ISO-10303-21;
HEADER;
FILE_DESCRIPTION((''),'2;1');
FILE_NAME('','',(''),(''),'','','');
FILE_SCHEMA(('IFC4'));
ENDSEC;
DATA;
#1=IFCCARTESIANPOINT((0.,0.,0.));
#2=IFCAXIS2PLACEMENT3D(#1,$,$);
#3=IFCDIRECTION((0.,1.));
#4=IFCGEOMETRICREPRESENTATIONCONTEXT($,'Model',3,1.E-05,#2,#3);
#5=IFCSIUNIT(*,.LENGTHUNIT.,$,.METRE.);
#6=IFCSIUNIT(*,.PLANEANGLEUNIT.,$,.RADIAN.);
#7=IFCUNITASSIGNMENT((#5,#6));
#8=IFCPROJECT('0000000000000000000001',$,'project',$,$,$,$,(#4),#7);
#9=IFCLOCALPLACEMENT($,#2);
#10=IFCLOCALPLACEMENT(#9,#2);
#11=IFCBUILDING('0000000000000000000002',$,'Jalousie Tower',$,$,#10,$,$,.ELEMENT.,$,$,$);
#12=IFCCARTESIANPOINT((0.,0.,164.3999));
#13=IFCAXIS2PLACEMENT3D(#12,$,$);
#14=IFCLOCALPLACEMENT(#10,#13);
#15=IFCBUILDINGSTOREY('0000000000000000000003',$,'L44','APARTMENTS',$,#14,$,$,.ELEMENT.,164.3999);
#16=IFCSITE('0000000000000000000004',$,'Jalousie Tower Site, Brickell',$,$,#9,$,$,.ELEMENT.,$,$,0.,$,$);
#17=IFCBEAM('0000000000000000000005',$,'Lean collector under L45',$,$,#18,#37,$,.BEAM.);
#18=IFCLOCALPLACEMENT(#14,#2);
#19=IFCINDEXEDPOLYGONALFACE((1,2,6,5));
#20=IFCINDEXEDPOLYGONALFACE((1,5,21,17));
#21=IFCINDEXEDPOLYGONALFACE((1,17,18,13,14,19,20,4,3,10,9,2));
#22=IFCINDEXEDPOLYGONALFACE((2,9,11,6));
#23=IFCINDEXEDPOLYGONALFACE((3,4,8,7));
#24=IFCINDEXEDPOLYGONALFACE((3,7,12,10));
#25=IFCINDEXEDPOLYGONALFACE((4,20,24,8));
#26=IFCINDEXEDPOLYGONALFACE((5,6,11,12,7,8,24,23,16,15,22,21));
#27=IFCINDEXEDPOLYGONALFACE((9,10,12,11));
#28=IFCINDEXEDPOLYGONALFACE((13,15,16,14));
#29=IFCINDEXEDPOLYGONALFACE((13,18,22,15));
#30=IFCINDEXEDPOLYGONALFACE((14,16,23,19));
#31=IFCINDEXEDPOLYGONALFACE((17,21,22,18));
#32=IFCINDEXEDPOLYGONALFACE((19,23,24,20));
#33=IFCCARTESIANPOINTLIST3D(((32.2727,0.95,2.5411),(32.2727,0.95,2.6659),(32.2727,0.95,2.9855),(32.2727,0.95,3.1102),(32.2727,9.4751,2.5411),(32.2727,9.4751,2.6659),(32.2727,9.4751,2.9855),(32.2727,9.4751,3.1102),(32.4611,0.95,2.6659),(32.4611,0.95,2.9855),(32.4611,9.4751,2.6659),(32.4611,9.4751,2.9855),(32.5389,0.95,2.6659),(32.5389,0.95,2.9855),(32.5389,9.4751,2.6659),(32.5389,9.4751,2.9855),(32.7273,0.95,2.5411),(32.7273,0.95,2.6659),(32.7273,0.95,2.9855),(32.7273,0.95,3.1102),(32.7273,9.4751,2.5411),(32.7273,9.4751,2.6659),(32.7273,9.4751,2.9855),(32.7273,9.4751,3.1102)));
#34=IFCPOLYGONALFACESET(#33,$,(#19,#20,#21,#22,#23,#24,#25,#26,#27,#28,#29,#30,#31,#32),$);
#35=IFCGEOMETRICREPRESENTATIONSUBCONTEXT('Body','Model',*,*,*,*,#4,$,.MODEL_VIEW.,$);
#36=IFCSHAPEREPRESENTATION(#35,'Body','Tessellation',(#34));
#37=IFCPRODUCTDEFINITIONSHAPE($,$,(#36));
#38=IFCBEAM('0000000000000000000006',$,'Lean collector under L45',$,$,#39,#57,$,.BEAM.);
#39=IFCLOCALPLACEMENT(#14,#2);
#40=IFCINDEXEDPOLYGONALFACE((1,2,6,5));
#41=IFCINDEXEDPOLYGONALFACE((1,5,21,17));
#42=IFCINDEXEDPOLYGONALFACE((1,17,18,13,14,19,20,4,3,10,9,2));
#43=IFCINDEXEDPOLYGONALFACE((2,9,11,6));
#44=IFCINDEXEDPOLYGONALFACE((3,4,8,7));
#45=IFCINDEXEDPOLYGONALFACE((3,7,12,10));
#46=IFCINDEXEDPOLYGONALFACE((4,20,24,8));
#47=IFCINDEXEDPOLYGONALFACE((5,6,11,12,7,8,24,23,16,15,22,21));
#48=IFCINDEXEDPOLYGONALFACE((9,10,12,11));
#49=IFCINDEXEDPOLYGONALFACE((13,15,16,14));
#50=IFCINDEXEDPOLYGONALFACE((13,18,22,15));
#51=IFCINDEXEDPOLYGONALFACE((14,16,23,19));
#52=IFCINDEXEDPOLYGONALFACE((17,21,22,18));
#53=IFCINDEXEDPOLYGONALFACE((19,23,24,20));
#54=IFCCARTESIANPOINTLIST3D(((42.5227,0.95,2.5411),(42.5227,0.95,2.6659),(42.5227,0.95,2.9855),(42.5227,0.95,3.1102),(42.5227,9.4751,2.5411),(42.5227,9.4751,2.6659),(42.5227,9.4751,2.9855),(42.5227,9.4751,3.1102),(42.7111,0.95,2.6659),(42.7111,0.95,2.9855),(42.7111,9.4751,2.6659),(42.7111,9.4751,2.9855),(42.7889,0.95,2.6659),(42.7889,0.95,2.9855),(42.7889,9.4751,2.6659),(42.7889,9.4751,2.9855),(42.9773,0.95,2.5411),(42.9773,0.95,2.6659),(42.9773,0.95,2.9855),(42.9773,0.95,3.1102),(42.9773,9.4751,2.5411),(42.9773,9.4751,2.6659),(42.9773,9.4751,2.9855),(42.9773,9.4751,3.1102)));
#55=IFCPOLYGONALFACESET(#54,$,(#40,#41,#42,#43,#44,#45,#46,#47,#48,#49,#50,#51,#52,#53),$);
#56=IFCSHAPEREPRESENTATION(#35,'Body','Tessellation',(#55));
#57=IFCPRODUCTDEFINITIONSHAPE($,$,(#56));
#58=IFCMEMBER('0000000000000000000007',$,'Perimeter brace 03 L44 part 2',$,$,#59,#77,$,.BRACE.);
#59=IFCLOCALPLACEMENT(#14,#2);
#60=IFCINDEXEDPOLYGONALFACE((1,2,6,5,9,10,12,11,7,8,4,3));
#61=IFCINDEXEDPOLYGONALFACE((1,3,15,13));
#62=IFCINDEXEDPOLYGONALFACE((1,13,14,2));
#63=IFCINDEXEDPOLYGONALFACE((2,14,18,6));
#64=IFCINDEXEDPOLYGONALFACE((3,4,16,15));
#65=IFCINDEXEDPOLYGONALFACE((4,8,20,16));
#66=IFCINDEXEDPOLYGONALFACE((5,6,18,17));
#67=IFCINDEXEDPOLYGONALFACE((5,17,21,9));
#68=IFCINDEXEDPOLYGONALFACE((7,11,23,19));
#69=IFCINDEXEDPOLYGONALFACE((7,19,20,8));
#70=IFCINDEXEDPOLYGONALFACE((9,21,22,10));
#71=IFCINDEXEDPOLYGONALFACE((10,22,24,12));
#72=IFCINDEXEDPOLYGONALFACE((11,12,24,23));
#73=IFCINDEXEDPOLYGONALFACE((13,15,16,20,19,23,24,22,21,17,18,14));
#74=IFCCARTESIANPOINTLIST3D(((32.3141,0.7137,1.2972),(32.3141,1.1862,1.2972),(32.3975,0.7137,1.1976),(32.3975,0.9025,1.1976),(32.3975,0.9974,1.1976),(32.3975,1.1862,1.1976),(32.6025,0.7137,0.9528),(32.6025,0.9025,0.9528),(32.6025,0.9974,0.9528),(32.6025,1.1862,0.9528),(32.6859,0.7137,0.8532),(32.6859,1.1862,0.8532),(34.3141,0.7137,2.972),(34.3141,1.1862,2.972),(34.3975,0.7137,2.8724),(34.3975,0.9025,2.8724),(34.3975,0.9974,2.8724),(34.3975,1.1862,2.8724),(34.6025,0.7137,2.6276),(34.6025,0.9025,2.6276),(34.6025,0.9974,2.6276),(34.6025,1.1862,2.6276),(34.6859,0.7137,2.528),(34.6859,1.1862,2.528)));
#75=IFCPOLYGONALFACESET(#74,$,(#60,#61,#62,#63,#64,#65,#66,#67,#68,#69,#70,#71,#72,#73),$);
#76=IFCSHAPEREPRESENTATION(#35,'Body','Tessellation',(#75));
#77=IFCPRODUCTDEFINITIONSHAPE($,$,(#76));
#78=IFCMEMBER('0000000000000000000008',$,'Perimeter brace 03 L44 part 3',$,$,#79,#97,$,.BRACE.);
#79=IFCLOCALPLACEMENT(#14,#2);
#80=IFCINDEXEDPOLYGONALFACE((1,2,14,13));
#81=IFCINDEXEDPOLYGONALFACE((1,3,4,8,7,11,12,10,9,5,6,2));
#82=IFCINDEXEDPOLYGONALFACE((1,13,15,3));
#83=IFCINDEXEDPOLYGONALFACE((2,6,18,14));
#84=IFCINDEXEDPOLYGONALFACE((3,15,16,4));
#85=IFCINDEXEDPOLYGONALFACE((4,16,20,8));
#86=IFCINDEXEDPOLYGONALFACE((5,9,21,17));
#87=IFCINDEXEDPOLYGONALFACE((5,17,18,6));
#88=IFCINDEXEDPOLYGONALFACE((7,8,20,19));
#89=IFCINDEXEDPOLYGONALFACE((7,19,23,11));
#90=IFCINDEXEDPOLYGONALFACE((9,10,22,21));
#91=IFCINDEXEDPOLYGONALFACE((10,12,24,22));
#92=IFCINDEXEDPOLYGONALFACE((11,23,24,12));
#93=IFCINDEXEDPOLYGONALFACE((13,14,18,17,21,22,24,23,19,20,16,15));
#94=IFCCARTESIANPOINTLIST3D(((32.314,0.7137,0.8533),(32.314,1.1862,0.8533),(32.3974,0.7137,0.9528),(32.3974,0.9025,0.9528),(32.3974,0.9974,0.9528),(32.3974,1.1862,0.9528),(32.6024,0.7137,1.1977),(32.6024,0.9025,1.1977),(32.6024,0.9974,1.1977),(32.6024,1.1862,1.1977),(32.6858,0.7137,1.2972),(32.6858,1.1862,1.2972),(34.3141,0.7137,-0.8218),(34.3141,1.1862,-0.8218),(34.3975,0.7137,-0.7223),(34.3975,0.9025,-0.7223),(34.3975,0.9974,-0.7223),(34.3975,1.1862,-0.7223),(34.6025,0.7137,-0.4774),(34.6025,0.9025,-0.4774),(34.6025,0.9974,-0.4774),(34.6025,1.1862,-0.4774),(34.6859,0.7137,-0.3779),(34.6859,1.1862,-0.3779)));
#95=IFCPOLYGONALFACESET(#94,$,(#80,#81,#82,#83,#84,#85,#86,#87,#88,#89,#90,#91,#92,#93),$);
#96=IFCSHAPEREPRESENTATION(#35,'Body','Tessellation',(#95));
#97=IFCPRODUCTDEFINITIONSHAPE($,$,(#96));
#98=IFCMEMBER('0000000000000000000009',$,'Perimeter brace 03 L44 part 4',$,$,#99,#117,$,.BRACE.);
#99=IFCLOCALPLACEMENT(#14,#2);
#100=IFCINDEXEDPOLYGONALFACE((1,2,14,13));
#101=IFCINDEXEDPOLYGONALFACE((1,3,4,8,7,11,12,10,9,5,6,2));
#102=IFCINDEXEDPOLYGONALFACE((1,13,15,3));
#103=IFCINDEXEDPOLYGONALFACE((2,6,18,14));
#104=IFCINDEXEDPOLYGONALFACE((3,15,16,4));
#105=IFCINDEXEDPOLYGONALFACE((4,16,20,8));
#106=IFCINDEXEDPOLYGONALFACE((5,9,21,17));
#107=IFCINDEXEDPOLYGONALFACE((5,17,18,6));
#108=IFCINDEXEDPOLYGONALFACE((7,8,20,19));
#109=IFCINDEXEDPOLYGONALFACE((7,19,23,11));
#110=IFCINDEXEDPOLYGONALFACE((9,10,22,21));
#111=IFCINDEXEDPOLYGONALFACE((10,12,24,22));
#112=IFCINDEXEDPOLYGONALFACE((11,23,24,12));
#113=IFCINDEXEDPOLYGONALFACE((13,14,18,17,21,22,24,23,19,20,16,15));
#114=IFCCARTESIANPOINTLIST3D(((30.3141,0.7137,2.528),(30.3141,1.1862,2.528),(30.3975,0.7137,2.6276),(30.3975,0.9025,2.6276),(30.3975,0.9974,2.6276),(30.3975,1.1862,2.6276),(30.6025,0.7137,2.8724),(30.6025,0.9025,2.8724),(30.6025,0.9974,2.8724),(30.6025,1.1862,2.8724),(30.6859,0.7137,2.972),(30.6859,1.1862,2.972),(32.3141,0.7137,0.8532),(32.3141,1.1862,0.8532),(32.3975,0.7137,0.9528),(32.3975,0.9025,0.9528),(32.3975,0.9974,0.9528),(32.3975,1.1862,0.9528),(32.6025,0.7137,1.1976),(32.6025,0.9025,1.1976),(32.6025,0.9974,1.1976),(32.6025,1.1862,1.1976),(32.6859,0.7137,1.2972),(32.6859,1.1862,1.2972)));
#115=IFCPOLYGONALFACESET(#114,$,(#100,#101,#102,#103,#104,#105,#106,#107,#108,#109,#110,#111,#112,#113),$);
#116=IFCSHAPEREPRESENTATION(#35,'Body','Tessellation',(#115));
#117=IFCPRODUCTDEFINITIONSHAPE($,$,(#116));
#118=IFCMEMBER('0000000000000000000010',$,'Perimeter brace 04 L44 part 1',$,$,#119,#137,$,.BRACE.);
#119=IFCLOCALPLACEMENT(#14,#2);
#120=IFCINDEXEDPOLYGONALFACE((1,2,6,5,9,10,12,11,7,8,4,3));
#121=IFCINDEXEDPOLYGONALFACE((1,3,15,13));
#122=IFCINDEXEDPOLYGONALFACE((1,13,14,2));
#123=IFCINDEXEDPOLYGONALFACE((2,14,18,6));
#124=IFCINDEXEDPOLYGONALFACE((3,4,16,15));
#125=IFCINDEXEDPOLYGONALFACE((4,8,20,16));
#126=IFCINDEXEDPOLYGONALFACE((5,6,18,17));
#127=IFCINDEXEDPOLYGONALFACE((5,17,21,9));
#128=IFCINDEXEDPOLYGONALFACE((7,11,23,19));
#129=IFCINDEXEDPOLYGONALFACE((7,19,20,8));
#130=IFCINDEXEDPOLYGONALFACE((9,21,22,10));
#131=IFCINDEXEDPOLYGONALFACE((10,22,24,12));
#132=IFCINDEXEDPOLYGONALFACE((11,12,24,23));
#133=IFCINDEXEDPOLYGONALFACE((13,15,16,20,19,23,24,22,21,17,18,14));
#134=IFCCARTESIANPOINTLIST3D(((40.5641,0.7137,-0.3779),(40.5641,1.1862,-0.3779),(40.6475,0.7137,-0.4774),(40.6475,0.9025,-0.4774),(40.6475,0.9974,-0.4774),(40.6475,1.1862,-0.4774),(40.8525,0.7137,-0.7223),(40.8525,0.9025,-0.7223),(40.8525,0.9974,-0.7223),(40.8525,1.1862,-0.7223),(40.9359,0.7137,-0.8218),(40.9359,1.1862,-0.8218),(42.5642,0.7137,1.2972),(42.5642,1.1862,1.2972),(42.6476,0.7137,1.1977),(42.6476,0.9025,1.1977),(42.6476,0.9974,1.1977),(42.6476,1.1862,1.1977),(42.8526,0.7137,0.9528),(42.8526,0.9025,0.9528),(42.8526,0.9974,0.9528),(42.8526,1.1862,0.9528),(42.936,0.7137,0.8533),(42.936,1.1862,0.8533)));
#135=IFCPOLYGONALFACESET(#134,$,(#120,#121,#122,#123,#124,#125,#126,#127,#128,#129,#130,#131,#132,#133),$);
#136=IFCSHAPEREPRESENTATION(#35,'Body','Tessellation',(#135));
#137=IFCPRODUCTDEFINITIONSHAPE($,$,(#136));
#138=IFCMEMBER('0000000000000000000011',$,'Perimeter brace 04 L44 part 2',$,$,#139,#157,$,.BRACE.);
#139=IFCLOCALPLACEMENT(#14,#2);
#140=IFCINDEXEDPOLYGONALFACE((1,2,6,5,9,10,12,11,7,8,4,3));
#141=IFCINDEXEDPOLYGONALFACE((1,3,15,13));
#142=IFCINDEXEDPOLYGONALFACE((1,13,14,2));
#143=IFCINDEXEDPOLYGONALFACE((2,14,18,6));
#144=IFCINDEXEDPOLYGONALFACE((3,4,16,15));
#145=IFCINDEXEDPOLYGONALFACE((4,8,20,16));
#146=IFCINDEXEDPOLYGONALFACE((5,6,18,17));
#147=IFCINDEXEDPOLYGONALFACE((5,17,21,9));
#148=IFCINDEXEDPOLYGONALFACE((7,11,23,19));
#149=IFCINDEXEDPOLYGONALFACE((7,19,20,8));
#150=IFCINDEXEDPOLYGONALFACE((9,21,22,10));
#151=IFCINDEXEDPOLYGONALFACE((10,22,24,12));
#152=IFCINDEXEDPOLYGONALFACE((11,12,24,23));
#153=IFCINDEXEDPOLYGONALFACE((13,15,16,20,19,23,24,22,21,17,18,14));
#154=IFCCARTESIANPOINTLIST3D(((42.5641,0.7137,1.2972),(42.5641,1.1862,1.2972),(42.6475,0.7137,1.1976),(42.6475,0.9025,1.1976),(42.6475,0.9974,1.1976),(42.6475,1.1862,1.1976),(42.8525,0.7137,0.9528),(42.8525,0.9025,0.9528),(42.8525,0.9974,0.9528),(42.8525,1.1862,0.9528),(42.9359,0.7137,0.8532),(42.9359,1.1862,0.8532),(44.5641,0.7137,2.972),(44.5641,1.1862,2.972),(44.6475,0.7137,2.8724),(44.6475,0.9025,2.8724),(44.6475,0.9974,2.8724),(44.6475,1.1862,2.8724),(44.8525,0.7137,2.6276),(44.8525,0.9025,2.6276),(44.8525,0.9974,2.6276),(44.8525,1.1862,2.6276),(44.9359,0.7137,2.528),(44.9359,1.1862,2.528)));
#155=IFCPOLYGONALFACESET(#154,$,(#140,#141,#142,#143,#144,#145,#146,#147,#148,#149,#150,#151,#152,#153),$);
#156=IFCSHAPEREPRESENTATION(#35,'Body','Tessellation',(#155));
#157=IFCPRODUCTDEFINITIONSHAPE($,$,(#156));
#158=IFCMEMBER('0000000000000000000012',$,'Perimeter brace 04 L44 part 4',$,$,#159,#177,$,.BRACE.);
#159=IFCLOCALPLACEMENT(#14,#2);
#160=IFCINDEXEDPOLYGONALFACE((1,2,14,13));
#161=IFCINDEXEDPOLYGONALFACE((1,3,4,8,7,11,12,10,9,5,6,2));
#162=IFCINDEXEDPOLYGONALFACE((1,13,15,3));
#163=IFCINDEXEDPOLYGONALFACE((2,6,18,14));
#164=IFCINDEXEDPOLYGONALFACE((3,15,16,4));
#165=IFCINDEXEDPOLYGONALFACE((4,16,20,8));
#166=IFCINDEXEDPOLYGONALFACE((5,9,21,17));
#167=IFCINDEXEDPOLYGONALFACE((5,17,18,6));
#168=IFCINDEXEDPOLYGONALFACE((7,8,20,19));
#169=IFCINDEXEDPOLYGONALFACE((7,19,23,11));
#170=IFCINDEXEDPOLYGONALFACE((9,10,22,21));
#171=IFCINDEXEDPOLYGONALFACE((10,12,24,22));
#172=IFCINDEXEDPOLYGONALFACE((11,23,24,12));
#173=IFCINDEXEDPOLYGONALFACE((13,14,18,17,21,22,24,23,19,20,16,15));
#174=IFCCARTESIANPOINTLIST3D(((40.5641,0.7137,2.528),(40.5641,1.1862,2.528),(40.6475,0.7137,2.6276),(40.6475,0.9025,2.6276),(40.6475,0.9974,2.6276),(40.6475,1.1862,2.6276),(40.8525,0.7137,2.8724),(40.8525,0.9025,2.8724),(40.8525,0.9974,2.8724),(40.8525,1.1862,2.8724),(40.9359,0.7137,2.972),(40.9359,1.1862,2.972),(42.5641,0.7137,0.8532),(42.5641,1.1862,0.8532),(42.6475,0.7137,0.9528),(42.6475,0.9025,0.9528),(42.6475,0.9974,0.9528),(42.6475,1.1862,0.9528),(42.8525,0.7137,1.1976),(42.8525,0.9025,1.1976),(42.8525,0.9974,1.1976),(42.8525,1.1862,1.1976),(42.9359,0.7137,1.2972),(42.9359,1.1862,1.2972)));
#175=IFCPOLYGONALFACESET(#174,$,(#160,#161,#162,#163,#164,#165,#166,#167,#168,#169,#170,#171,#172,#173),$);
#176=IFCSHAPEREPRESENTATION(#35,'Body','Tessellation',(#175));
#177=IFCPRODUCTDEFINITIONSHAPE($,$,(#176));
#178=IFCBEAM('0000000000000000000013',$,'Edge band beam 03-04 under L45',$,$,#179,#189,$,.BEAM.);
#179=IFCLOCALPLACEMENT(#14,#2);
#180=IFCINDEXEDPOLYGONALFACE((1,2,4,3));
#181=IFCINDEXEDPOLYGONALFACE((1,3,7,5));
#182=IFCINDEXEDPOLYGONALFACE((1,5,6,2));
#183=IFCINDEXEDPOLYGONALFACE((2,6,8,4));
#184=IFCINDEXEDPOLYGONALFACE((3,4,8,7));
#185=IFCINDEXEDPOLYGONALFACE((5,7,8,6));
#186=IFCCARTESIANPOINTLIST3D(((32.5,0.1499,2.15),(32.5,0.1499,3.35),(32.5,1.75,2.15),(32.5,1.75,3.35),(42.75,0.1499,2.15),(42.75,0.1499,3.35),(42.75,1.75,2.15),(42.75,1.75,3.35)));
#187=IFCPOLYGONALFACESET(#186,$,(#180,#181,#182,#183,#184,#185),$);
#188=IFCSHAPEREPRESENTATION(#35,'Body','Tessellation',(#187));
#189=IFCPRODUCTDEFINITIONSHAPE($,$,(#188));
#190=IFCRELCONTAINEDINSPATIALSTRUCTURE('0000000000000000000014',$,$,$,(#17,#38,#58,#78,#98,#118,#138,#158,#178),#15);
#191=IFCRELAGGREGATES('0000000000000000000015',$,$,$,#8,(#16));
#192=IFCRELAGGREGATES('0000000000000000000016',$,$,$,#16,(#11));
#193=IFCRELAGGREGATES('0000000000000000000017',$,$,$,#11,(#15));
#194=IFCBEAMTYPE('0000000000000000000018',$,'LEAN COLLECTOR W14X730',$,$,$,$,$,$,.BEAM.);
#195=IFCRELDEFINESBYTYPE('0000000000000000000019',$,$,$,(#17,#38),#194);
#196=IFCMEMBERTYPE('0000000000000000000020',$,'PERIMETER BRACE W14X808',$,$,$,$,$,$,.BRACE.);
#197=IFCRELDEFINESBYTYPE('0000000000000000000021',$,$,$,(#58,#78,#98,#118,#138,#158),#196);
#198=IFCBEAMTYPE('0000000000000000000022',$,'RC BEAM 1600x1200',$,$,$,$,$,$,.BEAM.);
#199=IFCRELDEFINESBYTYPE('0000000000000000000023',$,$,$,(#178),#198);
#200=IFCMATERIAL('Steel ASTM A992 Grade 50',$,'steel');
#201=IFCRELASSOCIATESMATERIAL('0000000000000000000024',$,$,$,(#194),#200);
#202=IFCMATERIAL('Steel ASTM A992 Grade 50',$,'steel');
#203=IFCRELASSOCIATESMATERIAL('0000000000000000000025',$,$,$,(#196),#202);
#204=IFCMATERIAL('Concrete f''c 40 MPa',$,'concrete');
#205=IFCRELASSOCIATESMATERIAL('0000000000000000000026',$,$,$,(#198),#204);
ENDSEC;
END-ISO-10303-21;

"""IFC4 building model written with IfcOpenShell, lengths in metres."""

from ifc_helpers import new_model, si_unit, direction, frame, origin, origin_2d, place, context, subcontext, project, spatial, rectangle, i_section, extrude, material, material_profile, profile_set, type_object, element, save


model = new_model("IFC4")

# Units and contexts
model_context = context("Model", 3, precision=1e-05, world=origin(), true_north=direction((0.0, 1.0)))
body_context = subcontext(model_context, "Body", "Model", "MODEL_VIEW")
ifc_project = project(units=[si_unit("LENGTHUNIT", "METRE"), si_unit("PLANEANGLEUNIT", "RADIAN")], contexts=[model_context])

# Site, building, storey
site_placement = place(None, origin())
site = spatial("IfcSite", under=ifc_project, at=site_placement, Name="Jalousie Tower Site, Brickell", CompositionType="ELEMENT", RefElevation=0.0)
building_placement = place(site_placement, origin())
building = spatial("IfcBuilding", under=site, at=building_placement, Name="Jalousie Tower", CompositionType="ELEMENT")
storey_placement = place(building_placement, frame((0.0, 0.0, 164.3999)))
storey = spatial("IfcBuildingStorey", under=building, at=storey_placement, Name="L44", Description="APARTMENTS", CompositionType="ELEMENT", Elevation=164.3999)

# Beams
ifc_material_1 = material(Name="Steel ASTM A992 Grade 50", Category="steel")
ifc_material_profile_1 = material_profile(ifc_material_1, i_section(OverallWidth=0.4546, OverallDepth=0.5691, WebThickness=0.0779, FlangeThickness=0.1248, at=origin_2d()), Name="W14X730")
ifc_profile_set_1 = profile_set([ifc_material_profile_1], Name="Steel ASTM A992 Grade 50")
beam_type_1 = type_object("IfcBeamType", Name="LEAN COLLECTOR W14X730", PredefinedType="BEAM", material=ifc_profile_set_1)
for number, where, z_axis, x_axis, name in (
    (1, (32.5, 0.95, 2.8257), (0.0, 1.0, 0.0), (-1.0, 0.0, 0.0), "Lean collector under L45"),
    (2, (42.75, 0.95, 2.8257), (0.0, 1.0, 0.0), (-1.0, 0.0, 0.0), "Lean collector under L45"),
):
    element("IfcBeam", number, at=place(storey_placement, frame(where, z_axis=z_axis, x_axis=x_axis)), inside=storey, type_object=beam_type_1, Name=name, PredefinedType="BEAM", context=body_context, shape_type="SweptSolid", body=[
        extrude(i_section(OverallWidth=0.4546, OverallDepth=0.5691, WebThickness=0.0779, FlangeThickness=0.1248, at=origin_2d()), origin(), (0.0, 0.0, 1.0), 8.5251),
    ])

# Members
ifc_material_2 = material(Name="Steel ASTM A992 Grade 50", Category="steel")
ifc_material_profile_2 = material_profile(ifc_material_2, i_section(OverallWidth=0.4724, OverallDepth=0.5791, WebThickness=0.095, FlangeThickness=0.1299, at=origin_2d()), Name="W14X808")
ifc_profile_set_2 = profile_set([ifc_material_profile_2], Name="Steel ASTM A992 Grade 50")
member_type_1 = type_object("IfcMemberType", Name="PERIMETER BRACE W14X808", PredefinedType="BRACE", material=ifc_profile_set_2)
member_1_placement = place(storey_placement, frame((32.5, 0.95, 1.0752), z_axis=(0.766685, 0.0, 0.642024), x_axis=(0.0, 1.0, 0.0)))
element("IfcMember", 3, at=member_1_placement, inside=storey, type_object=member_type_1, Name="Perimeter brace 03 L44 part 2", PredefinedType="BRACE", context=body_context, shape_type="SweptSolid", body=[
    extrude(i_section(OverallWidth=0.4724, OverallDepth=0.5791, WebThickness=0.095, FlangeThickness=0.1299, at=origin_2d()), origin(), (0.0, 0.0, 1.0), 2.6086),
])
member_2_placement = place(storey_placement, frame((34.5, 0.95, -0.5999), z_axis=(-0.766639, 0.0, 0.642079), x_axis=(0.0, -1.0, 0.0)))
element("IfcMember", 4, at=member_2_placement, inside=storey, type_object=member_type_1, Name="Perimeter brace 03 L44 part 3", PredefinedType="BRACE", context=body_context, shape_type="SweptSolid", body=[
    extrude(i_section(OverallWidth=0.4724, OverallDepth=0.5791, WebThickness=0.095, FlangeThickness=0.1299, at=origin_2d()), origin(), (0.0, 0.0, 1.0), 2.6089),
])
member_3_placement = place(storey_placement, frame((32.5, 0.95, 1.0752), z_axis=(-0.766685, 0.0, 0.642024), x_axis=(0.0, -1.0, 0.0)))
element("IfcMember", 5, at=member_3_placement, inside=storey, type_object=member_type_1, Name="Perimeter brace 03 L44 part 4", PredefinedType="BRACE", context=body_context, shape_type="SweptSolid", body=[
    extrude(i_section(OverallWidth=0.4724, OverallDepth=0.5791, WebThickness=0.095, FlangeThickness=0.1299, at=origin_2d()), origin(), (0.0, 0.0, 1.0), 2.6086),
])
member_4_placement = place(storey_placement, frame((40.75, 0.95, -0.5999), z_axis=(0.766639, 0.0, 0.642079), x_axis=(0.0, 1.0, 0.0)))
element("IfcMember", 6, at=member_4_placement, inside=storey, type_object=member_type_1, Name="Perimeter brace 04 L44 part 1", PredefinedType="BRACE", context=body_context, shape_type="SweptSolid", body=[
    extrude(i_section(OverallWidth=0.4724, OverallDepth=0.5791, WebThickness=0.095, FlangeThickness=0.1299, at=origin_2d()), origin(), (0.0, 0.0, 1.0), 2.6089),
])
for number, where, z_axis, x_axis, name in (
    (7, (42.75, 0.95, 1.0752), (0.766685, 0.0, 0.642024), (0.0, 1.0, 0.0), "Perimeter brace 04 L44 part 2"),
    (8, (42.75, 0.95, 1.0752), (-0.766685, 0.0, 0.642024), (0.0, -1.0, 0.0), "Perimeter brace 04 L44 part 4"),
):
    element("IfcMember", number, at=place(storey_placement, frame(where, z_axis=z_axis, x_axis=x_axis)), inside=storey, type_object=member_type_1, Name=name, PredefinedType="BRACE", context=body_context, shape_type="SweptSolid", body=[
        extrude(i_section(OverallWidth=0.4724, OverallDepth=0.5791, WebThickness=0.095, FlangeThickness=0.1299, at=origin_2d()), origin(), (0.0, 0.0, 1.0), 2.6086),
    ])

# Beam
ifc_material_3 = material(Name="Concrete f'c 40 MPa", Category="concrete")
ifc_material_profile_3 = material_profile(ifc_material_3, rectangle(XDim=1.6001, YDim=1.2, at=origin_2d()), Name="RC 1600x1200")
ifc_profile_set_3 = profile_set([ifc_material_profile_3], Name="Concrete f'c 40 MPa")
beam_type_2 = type_object("IfcBeamType", Name="RC BEAM 1600x1200", PredefinedType="BEAM", material=ifc_profile_set_3)
beam_1_placement = place(storey_placement, frame((32.5, 0.95, 2.75), z_axis=(1.0, 0.0, 0.0), x_axis=(0.0, 1.0, 0.0)))
element("IfcBeam", 9, at=beam_1_placement, inside=storey, type_object=beam_type_2, Name="Edge band beam 03-04 under L45", PredefinedType="BEAM", context=body_context, shape_type="SweptSolid", body=[
    extrude(rectangle(XDim=1.6001, YDim=1.2, at=origin_2d()), origin(), (0.0, 0.0, 1.0), 10.25),
])

save(model, "model.ifc")
